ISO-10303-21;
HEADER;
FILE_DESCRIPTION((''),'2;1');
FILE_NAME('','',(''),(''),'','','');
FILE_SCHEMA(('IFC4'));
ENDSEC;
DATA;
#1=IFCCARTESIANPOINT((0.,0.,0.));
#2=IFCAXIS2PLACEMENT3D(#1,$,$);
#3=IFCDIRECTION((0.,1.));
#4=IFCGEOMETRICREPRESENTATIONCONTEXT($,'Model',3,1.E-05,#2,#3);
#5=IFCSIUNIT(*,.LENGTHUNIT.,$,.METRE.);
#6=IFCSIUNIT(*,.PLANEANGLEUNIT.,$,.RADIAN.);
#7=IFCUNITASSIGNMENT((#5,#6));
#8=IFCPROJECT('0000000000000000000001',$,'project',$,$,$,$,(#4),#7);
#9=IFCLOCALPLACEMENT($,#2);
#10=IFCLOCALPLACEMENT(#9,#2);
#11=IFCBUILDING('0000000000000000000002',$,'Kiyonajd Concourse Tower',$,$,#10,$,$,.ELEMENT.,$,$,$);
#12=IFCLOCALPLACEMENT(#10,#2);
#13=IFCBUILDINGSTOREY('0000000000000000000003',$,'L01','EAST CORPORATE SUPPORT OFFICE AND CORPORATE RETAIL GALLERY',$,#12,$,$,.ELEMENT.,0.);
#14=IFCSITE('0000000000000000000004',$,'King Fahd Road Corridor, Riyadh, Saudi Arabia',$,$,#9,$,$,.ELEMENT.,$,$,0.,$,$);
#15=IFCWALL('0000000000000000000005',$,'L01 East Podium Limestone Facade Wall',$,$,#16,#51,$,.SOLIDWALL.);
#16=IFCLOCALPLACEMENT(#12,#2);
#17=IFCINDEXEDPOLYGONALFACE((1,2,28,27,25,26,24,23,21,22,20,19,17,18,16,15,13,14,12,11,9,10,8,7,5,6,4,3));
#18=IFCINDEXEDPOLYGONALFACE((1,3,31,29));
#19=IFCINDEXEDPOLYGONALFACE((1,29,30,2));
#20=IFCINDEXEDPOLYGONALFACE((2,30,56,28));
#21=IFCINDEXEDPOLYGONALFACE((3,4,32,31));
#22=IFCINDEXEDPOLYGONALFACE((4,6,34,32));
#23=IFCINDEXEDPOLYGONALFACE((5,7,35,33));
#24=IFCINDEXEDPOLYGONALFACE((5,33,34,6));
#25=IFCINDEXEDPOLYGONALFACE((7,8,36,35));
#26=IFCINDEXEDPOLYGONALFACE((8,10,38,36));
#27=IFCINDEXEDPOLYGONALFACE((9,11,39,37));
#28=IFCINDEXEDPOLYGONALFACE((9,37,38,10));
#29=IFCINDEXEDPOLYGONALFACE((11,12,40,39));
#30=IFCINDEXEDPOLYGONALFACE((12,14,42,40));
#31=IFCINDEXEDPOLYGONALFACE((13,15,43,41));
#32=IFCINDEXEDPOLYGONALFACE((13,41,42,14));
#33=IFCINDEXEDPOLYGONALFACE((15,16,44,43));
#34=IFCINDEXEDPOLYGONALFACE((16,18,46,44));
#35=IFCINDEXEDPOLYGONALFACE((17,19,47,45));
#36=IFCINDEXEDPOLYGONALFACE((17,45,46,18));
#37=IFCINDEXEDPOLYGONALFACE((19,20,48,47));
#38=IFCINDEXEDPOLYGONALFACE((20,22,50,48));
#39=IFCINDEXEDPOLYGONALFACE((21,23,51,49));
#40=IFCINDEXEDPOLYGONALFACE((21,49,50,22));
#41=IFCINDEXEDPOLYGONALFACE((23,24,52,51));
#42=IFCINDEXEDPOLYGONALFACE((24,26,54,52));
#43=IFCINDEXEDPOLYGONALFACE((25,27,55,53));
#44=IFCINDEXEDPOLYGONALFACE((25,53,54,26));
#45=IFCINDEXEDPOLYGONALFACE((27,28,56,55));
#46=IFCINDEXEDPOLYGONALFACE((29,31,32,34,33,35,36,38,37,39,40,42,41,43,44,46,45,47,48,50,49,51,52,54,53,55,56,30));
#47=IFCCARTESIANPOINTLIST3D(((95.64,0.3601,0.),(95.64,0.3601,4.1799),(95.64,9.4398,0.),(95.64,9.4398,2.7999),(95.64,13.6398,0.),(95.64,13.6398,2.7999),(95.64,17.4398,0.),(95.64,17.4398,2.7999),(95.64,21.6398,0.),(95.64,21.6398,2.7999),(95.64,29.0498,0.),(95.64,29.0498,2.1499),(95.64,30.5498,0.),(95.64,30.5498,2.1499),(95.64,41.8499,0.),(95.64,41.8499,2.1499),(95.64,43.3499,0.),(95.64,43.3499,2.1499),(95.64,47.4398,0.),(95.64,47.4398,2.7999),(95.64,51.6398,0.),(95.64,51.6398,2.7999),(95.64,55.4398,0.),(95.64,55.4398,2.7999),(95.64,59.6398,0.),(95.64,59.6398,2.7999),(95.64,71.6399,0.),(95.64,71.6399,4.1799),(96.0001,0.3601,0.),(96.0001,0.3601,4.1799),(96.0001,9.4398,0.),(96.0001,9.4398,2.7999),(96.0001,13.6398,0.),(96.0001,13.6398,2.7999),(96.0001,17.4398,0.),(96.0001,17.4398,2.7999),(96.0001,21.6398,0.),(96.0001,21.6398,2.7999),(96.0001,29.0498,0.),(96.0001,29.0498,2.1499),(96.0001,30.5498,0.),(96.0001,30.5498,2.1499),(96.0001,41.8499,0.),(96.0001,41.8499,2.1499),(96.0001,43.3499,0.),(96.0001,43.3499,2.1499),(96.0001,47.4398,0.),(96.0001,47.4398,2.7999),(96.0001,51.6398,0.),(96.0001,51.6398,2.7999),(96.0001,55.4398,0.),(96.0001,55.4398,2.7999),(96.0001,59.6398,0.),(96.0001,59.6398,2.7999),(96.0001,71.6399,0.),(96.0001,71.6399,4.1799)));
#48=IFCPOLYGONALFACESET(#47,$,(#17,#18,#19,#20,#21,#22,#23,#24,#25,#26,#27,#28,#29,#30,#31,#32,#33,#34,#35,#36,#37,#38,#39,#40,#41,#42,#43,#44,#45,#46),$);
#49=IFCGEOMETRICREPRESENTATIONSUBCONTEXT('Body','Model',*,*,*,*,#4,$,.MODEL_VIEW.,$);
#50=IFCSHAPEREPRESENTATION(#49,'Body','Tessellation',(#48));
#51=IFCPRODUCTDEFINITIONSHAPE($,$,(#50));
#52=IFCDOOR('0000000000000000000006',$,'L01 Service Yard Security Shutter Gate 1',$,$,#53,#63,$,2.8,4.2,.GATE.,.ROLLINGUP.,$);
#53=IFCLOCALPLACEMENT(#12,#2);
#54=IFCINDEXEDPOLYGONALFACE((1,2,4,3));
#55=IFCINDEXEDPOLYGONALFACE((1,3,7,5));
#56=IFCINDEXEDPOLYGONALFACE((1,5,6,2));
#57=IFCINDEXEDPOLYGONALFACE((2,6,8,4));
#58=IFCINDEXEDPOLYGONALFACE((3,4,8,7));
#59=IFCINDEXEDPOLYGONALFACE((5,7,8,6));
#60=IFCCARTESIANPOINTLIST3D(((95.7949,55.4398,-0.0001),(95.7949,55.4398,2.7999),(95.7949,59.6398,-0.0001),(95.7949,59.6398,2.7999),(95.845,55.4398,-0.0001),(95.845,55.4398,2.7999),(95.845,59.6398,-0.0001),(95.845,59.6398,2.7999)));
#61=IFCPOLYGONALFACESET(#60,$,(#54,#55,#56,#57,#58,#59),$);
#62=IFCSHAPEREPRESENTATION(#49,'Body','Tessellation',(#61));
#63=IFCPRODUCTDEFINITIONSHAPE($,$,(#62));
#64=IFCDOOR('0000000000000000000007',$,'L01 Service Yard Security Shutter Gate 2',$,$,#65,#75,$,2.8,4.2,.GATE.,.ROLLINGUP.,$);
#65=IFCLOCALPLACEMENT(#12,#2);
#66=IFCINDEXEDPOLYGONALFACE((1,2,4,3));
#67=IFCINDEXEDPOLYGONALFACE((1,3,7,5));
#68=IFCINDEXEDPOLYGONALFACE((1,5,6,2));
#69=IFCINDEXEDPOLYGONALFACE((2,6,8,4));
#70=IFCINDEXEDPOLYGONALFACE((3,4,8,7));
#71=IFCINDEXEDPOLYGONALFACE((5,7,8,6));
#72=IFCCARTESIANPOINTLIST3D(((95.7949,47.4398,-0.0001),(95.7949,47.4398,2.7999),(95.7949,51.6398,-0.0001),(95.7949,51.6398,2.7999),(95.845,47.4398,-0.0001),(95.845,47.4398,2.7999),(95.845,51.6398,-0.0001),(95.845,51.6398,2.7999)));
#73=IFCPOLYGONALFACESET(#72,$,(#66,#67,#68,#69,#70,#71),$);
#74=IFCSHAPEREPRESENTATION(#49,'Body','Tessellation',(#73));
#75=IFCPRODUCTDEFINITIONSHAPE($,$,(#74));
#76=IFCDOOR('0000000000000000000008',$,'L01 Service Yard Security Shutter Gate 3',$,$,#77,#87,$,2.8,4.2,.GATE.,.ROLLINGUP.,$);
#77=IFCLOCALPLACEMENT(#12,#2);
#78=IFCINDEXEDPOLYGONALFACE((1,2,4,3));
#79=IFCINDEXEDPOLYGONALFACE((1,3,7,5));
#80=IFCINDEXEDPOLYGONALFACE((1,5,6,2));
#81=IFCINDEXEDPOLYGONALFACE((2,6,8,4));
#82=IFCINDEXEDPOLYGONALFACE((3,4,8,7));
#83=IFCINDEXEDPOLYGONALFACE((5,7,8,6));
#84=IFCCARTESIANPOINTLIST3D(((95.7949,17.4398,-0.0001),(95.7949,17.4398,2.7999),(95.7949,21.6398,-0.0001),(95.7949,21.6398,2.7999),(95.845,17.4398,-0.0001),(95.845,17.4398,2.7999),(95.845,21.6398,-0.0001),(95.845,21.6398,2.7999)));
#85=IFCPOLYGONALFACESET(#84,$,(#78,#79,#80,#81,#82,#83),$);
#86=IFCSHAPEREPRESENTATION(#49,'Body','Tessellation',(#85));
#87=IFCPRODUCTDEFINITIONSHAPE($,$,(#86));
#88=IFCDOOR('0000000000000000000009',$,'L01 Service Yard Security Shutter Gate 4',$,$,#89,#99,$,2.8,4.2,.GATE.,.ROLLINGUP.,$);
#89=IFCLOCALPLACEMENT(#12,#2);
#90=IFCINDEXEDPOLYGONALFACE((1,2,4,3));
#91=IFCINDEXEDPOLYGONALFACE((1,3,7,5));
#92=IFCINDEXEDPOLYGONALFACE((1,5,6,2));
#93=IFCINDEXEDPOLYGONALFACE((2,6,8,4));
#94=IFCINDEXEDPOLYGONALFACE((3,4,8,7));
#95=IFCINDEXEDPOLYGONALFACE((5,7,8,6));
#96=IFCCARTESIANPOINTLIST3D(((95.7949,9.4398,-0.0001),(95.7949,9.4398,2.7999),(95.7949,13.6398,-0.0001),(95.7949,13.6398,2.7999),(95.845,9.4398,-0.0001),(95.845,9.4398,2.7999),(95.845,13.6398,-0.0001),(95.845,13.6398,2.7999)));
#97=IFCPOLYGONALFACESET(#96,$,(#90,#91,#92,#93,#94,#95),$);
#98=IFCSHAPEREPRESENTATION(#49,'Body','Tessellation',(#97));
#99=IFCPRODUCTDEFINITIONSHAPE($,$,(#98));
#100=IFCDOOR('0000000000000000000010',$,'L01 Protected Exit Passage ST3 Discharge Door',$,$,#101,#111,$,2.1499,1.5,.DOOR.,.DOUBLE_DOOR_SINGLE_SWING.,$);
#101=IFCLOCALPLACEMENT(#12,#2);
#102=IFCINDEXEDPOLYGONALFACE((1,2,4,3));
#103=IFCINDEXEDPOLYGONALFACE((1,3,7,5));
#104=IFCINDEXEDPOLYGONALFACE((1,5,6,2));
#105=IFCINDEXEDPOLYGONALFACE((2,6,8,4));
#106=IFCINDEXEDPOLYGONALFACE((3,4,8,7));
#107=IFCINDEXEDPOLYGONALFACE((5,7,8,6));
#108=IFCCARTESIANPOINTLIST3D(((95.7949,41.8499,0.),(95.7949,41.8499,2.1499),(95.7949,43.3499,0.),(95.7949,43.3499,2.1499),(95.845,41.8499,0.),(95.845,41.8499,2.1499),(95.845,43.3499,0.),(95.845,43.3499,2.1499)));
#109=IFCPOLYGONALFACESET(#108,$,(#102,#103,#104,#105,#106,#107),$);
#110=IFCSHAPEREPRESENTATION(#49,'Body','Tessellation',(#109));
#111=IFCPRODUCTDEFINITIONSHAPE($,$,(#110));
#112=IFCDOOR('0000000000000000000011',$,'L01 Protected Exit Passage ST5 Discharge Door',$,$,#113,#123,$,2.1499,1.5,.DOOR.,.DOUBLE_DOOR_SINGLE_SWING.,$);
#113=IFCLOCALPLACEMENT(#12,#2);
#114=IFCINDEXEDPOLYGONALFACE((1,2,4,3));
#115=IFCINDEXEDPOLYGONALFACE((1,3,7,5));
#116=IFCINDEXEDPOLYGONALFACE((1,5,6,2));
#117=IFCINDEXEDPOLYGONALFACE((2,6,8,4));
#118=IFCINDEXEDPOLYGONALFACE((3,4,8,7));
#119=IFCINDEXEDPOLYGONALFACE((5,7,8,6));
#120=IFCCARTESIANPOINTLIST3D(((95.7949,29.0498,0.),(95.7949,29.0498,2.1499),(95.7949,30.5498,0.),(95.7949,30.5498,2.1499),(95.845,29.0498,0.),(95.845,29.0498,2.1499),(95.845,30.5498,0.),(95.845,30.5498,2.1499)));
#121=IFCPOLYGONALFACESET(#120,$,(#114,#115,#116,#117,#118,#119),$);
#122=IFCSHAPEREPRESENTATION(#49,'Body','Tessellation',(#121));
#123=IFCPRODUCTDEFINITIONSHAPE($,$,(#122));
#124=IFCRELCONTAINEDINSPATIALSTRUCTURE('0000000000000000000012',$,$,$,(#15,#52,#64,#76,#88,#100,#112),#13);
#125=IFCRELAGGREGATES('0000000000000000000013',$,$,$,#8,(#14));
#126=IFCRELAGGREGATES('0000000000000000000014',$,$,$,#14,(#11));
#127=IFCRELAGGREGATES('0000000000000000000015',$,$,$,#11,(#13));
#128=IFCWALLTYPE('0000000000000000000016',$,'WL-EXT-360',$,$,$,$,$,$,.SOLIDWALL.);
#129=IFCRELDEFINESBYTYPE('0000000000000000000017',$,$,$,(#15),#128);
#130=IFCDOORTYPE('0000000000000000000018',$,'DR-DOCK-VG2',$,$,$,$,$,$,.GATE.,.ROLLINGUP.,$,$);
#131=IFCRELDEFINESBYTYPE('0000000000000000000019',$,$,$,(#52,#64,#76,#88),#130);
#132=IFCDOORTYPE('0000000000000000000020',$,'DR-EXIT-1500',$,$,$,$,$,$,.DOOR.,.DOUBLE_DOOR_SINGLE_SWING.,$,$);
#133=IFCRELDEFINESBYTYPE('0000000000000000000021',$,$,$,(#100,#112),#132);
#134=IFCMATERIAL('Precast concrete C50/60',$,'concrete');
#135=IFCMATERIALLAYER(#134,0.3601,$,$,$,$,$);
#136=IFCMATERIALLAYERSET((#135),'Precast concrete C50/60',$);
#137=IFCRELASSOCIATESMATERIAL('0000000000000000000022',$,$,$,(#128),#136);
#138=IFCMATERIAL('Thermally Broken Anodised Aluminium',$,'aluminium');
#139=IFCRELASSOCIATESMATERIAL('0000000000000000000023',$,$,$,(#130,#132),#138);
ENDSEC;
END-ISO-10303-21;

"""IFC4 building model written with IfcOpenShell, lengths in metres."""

from ifc_helpers import new_model, si_unit, direction, frame, frame_2d, origin, place, context, subcontext, project, spatial, rectangle, extrude, material, layer, layer_set, type_object, element, fill, save


model = new_model("IFC4")

# Units and contexts
model_context = context("Model", 3, precision=1e-05, world=origin(), true_north=direction((0.0, 1.0)))
body_context = subcontext(model_context, "Body", "Model", "MODEL_VIEW")
ifc_project = project(units=[si_unit("LENGTHUNIT", "METRE"), si_unit("PLANEANGLEUNIT", "RADIAN")], contexts=[model_context])

# Site, building, storey
site_placement = place(None, origin())
site = spatial("IfcSite", under=ifc_project, at=site_placement, Name="King Fahd Road Corridor, Riyadh, Saudi Arabia", CompositionType="ELEMENT", RefElevation=0.0)
building_placement = place(site_placement, origin())
building = spatial("IfcBuilding", under=site, at=building_placement, Name="Kiyonajd Concourse Tower", CompositionType="ELEMENT")
storey_placement = place(building_placement, origin())
storey = spatial("IfcBuildingStorey", under=building, at=storey_placement, Name="L01", Description="EAST CORPORATE SUPPORT OFFICE AND CORPORATE RETAIL GALLERY", CompositionType="ELEMENT", Elevation=0.0)

# Wall, openings, doors
ifc_material_1 = material(Name="Precast concrete C50/60", Category="concrete")
ifc_layer = layer(ifc_material_1, 0.3601)
ifc_layer_set = layer_set([ifc_layer], Name="Precast concrete C50/60")
wall_type = type_object("IfcWallType", Name="WL-EXT-360", PredefinedType="SOLIDWALL", material=ifc_layer_set)
wall_placement = place(storey_placement, frame((95.8201, 71.6399, 0.0), z_axis=(0.0, 0.0, 1.0), x_axis=(0.0, -1.0, 0.0)))
wall = element("IfcWall", 1, at=wall_placement, inside=storey, type_object=wall_type, Name="L01 East Podium Limestone Facade Wall", PredefinedType="SOLIDWALL", context=body_context, shape_type="SweptSolid", body=[
    extrude(rectangle(XDim=71.2798, YDim=0.3601, at=frame_2d((35.6399, 0.0))), origin(), (0.0, 0.0, 1.0), 4.1799),
])
opening_1_placement = place(wall_placement, frame((12.0, 0.0, 0.0)))
opening_1 = element("IfcOpeningElement", 2, at=opening_1_placement, cuts=wall, PredefinedType="OPENING", context=body_context, shape_type="SweptSolid", body=[
    extrude(rectangle(XDim=4.2, YDim=2.8, at=frame_2d((2.1001, 1.3999))), frame((0.0, 0.1899, 0.0), z_axis=(0.0, -1.0, 0.0), x_axis=(1.0, 0.0, 0.0)), (0.0, 0.0, 1.0), 0.3801),
])
opening_2_placement = place(wall_placement, frame((20.0, 0.0, 0.0)))
opening_2 = element("IfcOpeningElement", 3, at=opening_2_placement, cuts=wall, PredefinedType="OPENING", context=body_context, shape_type="SweptSolid", body=[
    extrude(rectangle(XDim=4.2, YDim=2.8, at=frame_2d((2.1001, 1.3999))), frame((0.0, 0.1899, 0.0), z_axis=(0.0, -1.0, 0.0), x_axis=(1.0, 0.0, 0.0)), (0.0, 0.0, 1.0), 0.3801),
])
opening_3_placement = place(wall_placement, frame((50.0, 0.0, 0.0)))
opening_3 = element("IfcOpeningElement", 4, at=opening_3_placement, cuts=wall, PredefinedType="OPENING", context=body_context, shape_type="SweptSolid", body=[
    extrude(rectangle(XDim=4.2, YDim=2.8, at=frame_2d((2.1001, 1.3999))), frame((0.0, 0.1899, 0.0), z_axis=(0.0, -1.0, 0.0), x_axis=(1.0, 0.0, 0.0)), (0.0, 0.0, 1.0), 0.3801),
])
opening_4_placement = place(wall_placement, frame((58.0, 0.0, 0.0)))
opening_4 = element("IfcOpeningElement", 5, at=opening_4_placement, cuts=wall, PredefinedType="OPENING", context=body_context, shape_type="SweptSolid", body=[
    extrude(rectangle(XDim=4.2, YDim=2.8, at=frame_2d((2.1001, 1.3999))), frame((0.0, 0.1899, 0.0), z_axis=(0.0, -1.0, 0.0), x_axis=(1.0, 0.0, 0.0)), (0.0, 0.0, 1.0), 0.3801),
])
opening_5_placement = place(wall_placement, frame((28.29, 0.0, 0.0)))
opening_5 = element("IfcOpeningElement", 6, at=opening_5_placement, cuts=wall, PredefinedType="OPENING", context=body_context, shape_type="SweptSolid", body=[
    extrude(rectangle(XDim=1.5, YDim=2.1499, at=frame_2d((0.75, 1.075))), frame((0.0, 0.1899, 0.0), z_axis=(0.0, -1.0, 0.0), x_axis=(1.0, 0.0, 0.0)), (0.0, 0.0, 1.0), 0.3801),
])
opening_6_placement = place(wall_placement, frame((41.0901, 0.0, 0.0)))
opening_6 = element("IfcOpeningElement", 7, at=opening_6_placement, cuts=wall, PredefinedType="OPENING", context=body_context, shape_type="SweptSolid", body=[
    extrude(rectangle(XDim=1.5, YDim=2.1499, at=frame_2d((0.75, 1.075))), frame((0.0, 0.1899, 0.0), z_axis=(0.0, -1.0, 0.0), x_axis=(1.0, 0.0, 0.0)), (0.0, 0.0, 1.0), 0.3801),
])
ifc_material_2 = material(Name="Thermally Broken Anodised Aluminium", Category="aluminium")
door_type_1 = type_object("IfcDoorType", Name="DR-DOCK-VG2", OperationType="ROLLINGUP", PredefinedType="GATE", material=ifc_material_2)
door_1_placement = place(opening_1_placement, origin())
door_1 = element("IfcDoor", 8, at=door_1_placement, inside=storey, type_object=door_type_1, Name="L01 Service Yard Security Shutter Gate 1", OperationType="ROLLINGUP", OverallHeight=2.8, OverallWidth=4.2, PredefinedType="GATE", context=body_context, shape_type="SweptSolid", body=[
    extrude(rectangle(XDim=4.2, YDim=2.8, at=frame_2d((2.1001, 1.3999))), frame((0.0, 0.0249, 0.0), z_axis=(0.0, -1.0, 0.0), x_axis=(1.0, 0.0, 0.0)), (0.0, 0.0, 1.0), 0.05),
])
fill(opening_1, door_1)
door_2_placement = place(opening_2_placement, origin())
door_2 = element("IfcDoor", 9, at=door_2_placement, inside=storey, type_object=door_type_1, Name="L01 Service Yard Security Shutter Gate 2", OperationType="ROLLINGUP", OverallHeight=2.8, OverallWidth=4.2, PredefinedType="GATE", context=body_context, shape_type="SweptSolid", body=[
    extrude(rectangle(XDim=4.2, YDim=2.8, at=frame_2d((2.1001, 1.3999))), frame((0.0, 0.0249, 0.0), z_axis=(0.0, -1.0, 0.0), x_axis=(1.0, 0.0, 0.0)), (0.0, 0.0, 1.0), 0.05),
])
fill(opening_2, door_2)
door_3_placement = place(opening_3_placement, origin())
door_3 = element("IfcDoor", 10, at=door_3_placement, inside=storey, type_object=door_type_1, Name="L01 Service Yard Security Shutter Gate 3", OperationType="ROLLINGUP", OverallHeight=2.8, OverallWidth=4.2, PredefinedType="GATE", context=body_context, shape_type="SweptSolid", body=[
    extrude(rectangle(XDim=4.2, YDim=2.8, at=frame_2d((2.1001, 1.3999))), frame((0.0, 0.0249, 0.0), z_axis=(0.0, -1.0, 0.0), x_axis=(1.0, 0.0, 0.0)), (0.0, 0.0, 1.0), 0.05),
])
fill(opening_3, door_3)
door_4_placement = place(opening_4_placement, origin())
door_4 = element("IfcDoor", 11, at=door_4_placement, inside=storey, type_object=door_type_1, Name="L01 Service Yard Security Shutter Gate 4", OperationType="ROLLINGUP", OverallHeight=2.8, OverallWidth=4.2, PredefinedType="GATE", context=body_context, shape_type="SweptSolid", body=[
    extrude(rectangle(XDim=4.2, YDim=2.8, at=frame_2d((2.1001, 1.3999))), frame((0.0, 0.0249, 0.0), z_axis=(0.0, -1.0, 0.0), x_axis=(1.0, 0.0, 0.0)), (0.0, 0.0, 1.0), 0.05),
])
fill(opening_4, door_4)
door_type_2 = type_object("IfcDoorType", Name="DR-EXIT-1500", OperationType="DOUBLE_DOOR_SINGLE_SWING", PredefinedType="DOOR", material=ifc_material_2)
door_5_placement = place(opening_5_placement, origin())
door_5 = element("IfcDoor", 12, at=door_5_placement, inside=storey, type_object=door_type_2, Name="L01 Protected Exit Passage ST3 Discharge Door", OperationType="DOUBLE_DOOR_SINGLE_SWING", OverallHeight=2.1499, OverallWidth=1.5, PredefinedType="DOOR", context=body_context, shape_type="SweptSolid", body=[
    extrude(rectangle(XDim=1.5, YDim=2.1499, at=frame_2d((0.75, 1.075))), frame((0.0, 0.0249, 0.0), z_axis=(0.0, -1.0, 0.0), x_axis=(1.0, 0.0, 0.0)), (0.0, 0.0, 1.0), 0.05),
])
fill(opening_5, door_5)
door_6_placement = place(opening_6_placement, origin())
door_6 = element("IfcDoor", 13, at=door_6_placement, inside=storey, type_object=door_type_2, Name="L01 Protected Exit Passage ST5 Discharge Door", OperationType="DOUBLE_DOOR_SINGLE_SWING", OverallHeight=2.1499, OverallWidth=1.5, PredefinedType="DOOR", context=body_context, shape_type="SweptSolid", body=[
    extrude(rectangle(XDim=1.5, YDim=2.1499, at=frame_2d((0.75, 1.075))), frame((0.0, 0.0249, 0.0), z_axis=(0.0, -1.0, 0.0), x_axis=(1.0, 0.0, 0.0)), (0.0, 0.0, 1.0), 0.05),
])
fill(opening_6, door_6)

save(model, "model.ifc")
